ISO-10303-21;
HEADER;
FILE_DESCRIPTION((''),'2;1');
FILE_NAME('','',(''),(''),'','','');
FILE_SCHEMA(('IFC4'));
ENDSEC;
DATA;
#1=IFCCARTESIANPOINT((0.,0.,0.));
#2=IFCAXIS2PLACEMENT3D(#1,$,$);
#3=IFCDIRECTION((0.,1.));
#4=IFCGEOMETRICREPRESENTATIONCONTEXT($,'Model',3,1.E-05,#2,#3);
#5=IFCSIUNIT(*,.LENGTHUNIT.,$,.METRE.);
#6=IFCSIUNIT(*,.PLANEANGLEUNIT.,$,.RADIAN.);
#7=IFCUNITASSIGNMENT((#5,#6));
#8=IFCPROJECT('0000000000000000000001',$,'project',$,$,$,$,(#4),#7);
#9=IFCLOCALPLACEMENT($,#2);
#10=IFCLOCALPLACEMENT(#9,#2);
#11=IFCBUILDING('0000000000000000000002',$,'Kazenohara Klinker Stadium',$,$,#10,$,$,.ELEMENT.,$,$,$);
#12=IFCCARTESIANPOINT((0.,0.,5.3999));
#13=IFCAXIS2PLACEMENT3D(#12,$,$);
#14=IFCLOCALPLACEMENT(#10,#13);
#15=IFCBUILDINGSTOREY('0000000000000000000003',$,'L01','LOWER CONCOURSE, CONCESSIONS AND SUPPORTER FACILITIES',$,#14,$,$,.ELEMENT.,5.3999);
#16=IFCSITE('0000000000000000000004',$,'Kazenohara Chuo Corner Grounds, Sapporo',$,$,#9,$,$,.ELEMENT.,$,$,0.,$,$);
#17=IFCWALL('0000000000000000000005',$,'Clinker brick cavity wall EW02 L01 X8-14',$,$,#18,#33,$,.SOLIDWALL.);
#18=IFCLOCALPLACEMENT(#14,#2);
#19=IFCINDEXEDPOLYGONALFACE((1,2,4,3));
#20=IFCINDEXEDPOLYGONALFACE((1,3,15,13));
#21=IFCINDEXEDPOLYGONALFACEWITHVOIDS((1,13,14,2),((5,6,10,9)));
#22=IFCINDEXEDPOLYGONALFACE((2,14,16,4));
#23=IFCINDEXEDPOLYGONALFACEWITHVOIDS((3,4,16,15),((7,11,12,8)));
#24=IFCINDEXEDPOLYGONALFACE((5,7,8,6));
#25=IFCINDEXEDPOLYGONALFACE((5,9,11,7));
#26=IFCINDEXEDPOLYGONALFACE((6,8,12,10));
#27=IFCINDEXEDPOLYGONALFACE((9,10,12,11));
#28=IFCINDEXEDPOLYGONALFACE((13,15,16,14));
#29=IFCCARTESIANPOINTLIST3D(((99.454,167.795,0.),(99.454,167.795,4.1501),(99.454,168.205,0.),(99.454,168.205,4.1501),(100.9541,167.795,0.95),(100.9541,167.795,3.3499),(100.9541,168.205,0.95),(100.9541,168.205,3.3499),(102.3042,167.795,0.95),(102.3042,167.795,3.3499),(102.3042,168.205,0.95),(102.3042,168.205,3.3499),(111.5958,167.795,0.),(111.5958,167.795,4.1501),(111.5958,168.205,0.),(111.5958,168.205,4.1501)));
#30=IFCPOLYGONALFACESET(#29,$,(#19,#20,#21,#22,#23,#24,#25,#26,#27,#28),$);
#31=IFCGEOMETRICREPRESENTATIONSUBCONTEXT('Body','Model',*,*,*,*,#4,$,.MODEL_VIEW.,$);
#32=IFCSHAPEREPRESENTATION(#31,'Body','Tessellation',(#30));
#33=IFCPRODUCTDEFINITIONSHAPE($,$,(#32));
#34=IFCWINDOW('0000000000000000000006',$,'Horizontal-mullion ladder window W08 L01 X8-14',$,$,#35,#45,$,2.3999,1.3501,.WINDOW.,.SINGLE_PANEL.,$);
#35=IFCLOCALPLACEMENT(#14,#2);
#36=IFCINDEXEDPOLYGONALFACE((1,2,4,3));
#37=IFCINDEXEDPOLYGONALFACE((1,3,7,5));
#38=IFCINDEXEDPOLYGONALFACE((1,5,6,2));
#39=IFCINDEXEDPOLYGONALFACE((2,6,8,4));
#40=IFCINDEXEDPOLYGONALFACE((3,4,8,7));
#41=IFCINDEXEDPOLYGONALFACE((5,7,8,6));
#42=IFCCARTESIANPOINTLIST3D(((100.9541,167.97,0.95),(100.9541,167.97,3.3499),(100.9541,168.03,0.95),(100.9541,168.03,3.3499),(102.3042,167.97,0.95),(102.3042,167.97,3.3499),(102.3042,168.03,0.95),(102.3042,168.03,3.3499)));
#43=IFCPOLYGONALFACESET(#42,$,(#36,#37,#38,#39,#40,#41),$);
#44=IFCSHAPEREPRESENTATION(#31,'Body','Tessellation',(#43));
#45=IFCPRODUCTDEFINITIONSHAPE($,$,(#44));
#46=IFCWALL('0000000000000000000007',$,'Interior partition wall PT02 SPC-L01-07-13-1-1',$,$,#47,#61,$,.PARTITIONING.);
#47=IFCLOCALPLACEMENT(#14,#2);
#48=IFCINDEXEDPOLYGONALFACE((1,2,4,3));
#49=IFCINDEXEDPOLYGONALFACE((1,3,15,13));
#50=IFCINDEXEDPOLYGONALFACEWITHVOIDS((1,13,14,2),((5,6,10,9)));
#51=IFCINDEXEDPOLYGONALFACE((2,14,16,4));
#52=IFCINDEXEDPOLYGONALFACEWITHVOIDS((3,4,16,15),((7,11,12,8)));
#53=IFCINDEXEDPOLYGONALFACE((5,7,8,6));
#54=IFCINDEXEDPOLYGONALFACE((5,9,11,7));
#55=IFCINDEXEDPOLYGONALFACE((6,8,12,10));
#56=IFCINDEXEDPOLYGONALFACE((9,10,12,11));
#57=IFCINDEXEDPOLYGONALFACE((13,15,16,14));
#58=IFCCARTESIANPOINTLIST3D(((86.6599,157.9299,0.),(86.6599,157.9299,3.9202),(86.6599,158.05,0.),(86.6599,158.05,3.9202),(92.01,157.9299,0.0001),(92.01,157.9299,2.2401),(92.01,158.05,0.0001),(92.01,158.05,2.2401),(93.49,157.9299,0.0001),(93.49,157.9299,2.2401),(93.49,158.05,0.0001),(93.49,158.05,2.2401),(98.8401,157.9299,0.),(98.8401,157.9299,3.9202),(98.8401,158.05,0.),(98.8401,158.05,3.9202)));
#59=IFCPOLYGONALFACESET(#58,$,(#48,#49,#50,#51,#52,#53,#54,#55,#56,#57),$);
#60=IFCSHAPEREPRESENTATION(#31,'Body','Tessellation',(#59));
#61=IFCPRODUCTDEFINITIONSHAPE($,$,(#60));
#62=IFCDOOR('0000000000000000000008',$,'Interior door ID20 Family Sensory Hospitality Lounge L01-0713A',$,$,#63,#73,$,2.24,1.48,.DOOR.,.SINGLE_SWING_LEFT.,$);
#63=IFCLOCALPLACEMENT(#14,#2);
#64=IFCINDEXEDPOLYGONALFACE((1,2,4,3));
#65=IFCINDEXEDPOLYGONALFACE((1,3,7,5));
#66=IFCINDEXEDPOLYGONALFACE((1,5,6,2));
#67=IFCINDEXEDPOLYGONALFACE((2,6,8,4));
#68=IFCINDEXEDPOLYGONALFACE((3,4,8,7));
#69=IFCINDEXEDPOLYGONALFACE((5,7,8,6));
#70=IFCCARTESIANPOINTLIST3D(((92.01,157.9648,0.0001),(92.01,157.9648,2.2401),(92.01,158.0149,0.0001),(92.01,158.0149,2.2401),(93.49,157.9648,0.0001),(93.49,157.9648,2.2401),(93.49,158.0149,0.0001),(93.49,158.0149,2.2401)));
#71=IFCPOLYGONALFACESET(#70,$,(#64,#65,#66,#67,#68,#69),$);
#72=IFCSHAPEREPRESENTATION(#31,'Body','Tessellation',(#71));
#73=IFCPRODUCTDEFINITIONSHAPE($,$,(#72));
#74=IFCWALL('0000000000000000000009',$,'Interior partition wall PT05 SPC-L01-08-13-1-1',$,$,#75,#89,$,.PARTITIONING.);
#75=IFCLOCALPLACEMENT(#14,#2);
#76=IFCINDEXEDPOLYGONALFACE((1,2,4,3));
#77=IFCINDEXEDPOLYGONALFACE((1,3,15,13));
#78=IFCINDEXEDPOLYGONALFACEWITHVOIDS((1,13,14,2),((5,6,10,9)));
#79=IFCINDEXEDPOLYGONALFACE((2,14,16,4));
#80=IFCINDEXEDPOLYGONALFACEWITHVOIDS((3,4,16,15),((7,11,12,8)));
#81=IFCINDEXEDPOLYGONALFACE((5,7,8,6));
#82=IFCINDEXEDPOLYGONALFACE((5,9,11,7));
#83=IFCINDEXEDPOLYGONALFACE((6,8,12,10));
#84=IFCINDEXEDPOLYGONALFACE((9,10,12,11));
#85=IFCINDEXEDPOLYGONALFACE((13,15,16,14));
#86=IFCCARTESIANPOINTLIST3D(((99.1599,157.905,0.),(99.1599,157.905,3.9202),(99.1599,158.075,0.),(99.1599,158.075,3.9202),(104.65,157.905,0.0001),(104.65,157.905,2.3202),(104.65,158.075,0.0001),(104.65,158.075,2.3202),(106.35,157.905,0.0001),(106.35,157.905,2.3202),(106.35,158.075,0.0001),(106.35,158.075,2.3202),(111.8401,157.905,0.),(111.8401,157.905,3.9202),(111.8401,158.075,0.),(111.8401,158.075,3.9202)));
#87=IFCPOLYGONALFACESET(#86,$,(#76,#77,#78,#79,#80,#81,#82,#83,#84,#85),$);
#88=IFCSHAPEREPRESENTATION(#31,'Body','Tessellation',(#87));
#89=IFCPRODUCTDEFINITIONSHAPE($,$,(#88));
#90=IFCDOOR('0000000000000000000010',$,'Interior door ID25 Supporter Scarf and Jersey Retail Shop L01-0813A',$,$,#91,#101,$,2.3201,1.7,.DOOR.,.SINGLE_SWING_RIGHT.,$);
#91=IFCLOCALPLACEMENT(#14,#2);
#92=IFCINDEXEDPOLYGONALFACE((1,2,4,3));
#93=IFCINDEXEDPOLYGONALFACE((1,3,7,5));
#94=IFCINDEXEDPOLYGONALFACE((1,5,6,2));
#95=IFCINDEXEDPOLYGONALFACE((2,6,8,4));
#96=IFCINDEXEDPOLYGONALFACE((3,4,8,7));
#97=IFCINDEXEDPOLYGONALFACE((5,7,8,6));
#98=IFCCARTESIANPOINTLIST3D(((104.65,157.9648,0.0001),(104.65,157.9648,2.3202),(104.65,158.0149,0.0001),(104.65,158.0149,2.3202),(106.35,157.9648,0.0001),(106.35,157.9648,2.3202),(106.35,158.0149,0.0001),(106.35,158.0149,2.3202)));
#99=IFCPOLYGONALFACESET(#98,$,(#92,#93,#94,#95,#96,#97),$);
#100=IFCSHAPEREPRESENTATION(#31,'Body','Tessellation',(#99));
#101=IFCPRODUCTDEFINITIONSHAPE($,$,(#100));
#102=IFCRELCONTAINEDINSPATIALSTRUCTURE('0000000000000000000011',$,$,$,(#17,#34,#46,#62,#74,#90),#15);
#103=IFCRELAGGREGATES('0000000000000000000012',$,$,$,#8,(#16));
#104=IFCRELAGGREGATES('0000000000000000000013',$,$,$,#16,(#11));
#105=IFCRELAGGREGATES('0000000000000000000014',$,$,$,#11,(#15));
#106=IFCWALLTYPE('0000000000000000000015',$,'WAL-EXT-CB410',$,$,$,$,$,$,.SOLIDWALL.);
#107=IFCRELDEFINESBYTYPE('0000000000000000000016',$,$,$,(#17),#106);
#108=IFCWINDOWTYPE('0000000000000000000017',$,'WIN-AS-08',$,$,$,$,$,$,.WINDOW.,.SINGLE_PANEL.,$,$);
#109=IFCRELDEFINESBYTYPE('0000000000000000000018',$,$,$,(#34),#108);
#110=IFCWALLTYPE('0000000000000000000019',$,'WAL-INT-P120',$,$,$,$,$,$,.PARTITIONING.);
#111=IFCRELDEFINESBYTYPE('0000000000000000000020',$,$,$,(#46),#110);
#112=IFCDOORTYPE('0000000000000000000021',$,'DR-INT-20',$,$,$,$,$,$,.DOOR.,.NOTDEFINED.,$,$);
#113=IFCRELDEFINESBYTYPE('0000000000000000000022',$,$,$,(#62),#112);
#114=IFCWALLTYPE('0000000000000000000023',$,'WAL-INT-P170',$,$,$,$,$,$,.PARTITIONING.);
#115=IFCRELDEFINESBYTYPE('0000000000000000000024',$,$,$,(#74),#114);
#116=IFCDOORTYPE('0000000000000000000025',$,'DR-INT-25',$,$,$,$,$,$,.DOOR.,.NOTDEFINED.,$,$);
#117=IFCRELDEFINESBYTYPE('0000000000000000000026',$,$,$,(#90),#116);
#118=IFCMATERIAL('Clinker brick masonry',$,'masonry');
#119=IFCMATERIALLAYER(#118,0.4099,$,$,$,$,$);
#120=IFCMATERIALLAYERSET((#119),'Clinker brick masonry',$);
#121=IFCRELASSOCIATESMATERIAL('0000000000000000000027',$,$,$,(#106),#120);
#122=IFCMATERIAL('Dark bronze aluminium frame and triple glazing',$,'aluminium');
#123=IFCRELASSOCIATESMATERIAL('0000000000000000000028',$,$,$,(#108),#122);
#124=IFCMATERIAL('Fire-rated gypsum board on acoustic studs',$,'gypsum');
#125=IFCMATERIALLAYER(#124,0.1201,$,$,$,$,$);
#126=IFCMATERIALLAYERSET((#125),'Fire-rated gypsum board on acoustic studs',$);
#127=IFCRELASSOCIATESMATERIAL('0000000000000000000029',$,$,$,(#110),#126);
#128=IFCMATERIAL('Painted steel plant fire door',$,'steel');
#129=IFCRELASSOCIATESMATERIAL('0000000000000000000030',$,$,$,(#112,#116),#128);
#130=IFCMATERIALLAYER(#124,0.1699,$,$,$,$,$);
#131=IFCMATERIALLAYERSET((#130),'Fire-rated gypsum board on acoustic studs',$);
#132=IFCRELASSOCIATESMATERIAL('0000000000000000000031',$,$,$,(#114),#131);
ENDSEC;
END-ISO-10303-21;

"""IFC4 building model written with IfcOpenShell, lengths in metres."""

from ifc_helpers import new_model, si_unit, direction, frame, frame_2d, origin, place, context, subcontext, project, spatial, rectangle, extrude, material, layer, layer_set, type_object, element, fill, save


model = new_model("IFC4")

# Units and contexts
model_context = context("Model", 3, precision=1e-05, world=origin(), true_north=direction((0.0, 1.0)))
body_context = subcontext(model_context, "Body", "Model", "MODEL_VIEW")
ifc_project = project(units=[si_unit("LENGTHUNIT", "METRE"), si_unit("PLANEANGLEUNIT", "RADIAN")], contexts=[model_context])

# Site, building, storey
site_placement = place(None, origin())
site = spatial("IfcSite", under=ifc_project, at=site_placement, Name="Kazenohara Chuo Corner Grounds, Sapporo", CompositionType="ELEMENT", RefElevation=0.0)
building_placement = place(site_placement, origin())
building = spatial("IfcBuilding", under=site, at=building_placement, Name="Kazenohara Klinker Stadium", CompositionType="ELEMENT")
storey_placement = place(building_placement, frame((0.0, 0.0, 5.3999)))
storey = spatial("IfcBuildingStorey", under=building, at=storey_placement, Name="L01", Description="LOWER CONCOURSE, CONCESSIONS AND SUPPORTER FACILITIES", CompositionType="ELEMENT", Elevation=5.3999)

# Wall, opening, window
ifc_material_1 = material(Name="Clinker brick masonry", Category="masonry")
ifc_material_2 = material(Name="Dark bronze aluminium frame and triple glazing", Category="aluminium")
ifc_layer_1 = layer(ifc_material_1, 0.4099)
ifc_layer_set_1 = layer_set([ifc_layer_1], Name="Clinker brick masonry")
wall_type_1 = type_object("IfcWallType", Name="WAL-EXT-CB410", PredefinedType="SOLIDWALL", material=ifc_layer_set_1)
wall_1_placement = place(storey_placement, frame((99.4541, 168.0, 0.0), z_axis=(0.0, 0.0, 1.0), x_axis=(1.0, 0.0, 0.0)))
wall_1 = element("IfcWall", 1, at=wall_1_placement, inside=storey, type_object=wall_type_1, Name="Clinker brick cavity wall EW02 L01 X8-14", PredefinedType="SOLIDWALL", context=body_context, shape_type="SweptSolid", body=[
    extrude(rectangle(XDim=12.1418, YDim=0.4099, at=frame_2d((6.0708, 0.0))), origin(), (0.0, 0.0, 1.0), 4.1501),
])
opening_1_placement = place(wall_1_placement, frame((1.5, 0.0, 0.95)))
opening_1 = element("IfcOpeningElement", 2, at=opening_1_placement, cuts=wall_1, PredefinedType="OPENING", context=body_context, shape_type="SweptSolid", body=[
    extrude(rectangle(XDim=1.3501, YDim=2.3999, at=frame_2d((0.675, 1.2))), frame((0.0, 0.2148, 0.0), z_axis=(0.0, -1.0, 0.0), x_axis=(1.0, 0.0, 0.0)), (0.0, 0.0, 1.0), 0.4299),
])
window_type_1 = type_object("IfcWindowType", Name="WIN-AS-08", PartitioningType="SINGLE_PANEL", PredefinedType="WINDOW", material=ifc_material_2)
window_1_placement = place(opening_1_placement, origin())
window_1 = element("IfcWindow", 3, at=window_1_placement, inside=storey, type_object=window_type_1, Name="Horizontal-mullion ladder window W08 L01 X8-14", OverallHeight=2.3999, OverallWidth=1.3501, PartitioningType="SINGLE_PANEL", PredefinedType="WINDOW", context=body_context, shape_type="SweptSolid", body=[
    extrude(rectangle(XDim=1.3501, YDim=2.3999, at=frame_2d((0.675, 1.2))), frame((0.0, 0.03, 0.0), z_axis=(0.0, -1.0, 0.0), x_axis=(1.0, 0.0, 0.0)), (0.0, 0.0, 1.0), 0.0601),
])
fill(opening_1, window_1)

# Walls, openings, doors
ifc_material_3 = material(Name="Fire-rated gypsum board on acoustic studs", Category="gypsum")
ifc_layer_2 = layer(ifc_material_3, 0.1201)
ifc_layer_set_2 = layer_set([ifc_layer_2], Name="Fire-rated gypsum board on acoustic studs")
wall_type_2 = type_object("IfcWallType", Name="WAL-INT-P120", PredefinedType="PARTITIONING", material=ifc_layer_set_2)
wall_2_placement = place(storey_placement, frame((86.6599, 157.99, 0.0), z_axis=(0.0, 0.0, 1.0), x_axis=(1.0, 0.0, 0.0)))
wall_2 = element("IfcWall", 4, at=wall_2_placement, inside=storey, type_object=wall_type_2, Name="Interior partition wall PT02 SPC-L01-07-13-1-1", PredefinedType="PARTITIONING", context=body_context, shape_type="SweptSolid", body=[
    extrude(rectangle(XDim=12.1802, YDim=0.1201, at=frame_2d((6.0901, 0.0))), origin(), (0.0, 0.0, 1.0), 3.9202),
])
opening_2_placement = place(wall_2_placement, frame((5.3501, 0.0, 0.0)))
opening_2 = element("IfcOpeningElement", 5, at=opening_2_placement, cuts=wall_2, PredefinedType="OPENING", context=body_context, shape_type="SweptSolid", body=[
    extrude(rectangle(XDim=1.48, YDim=2.24, at=frame_2d((0.74, 1.1201))), frame((0.0, 0.0701, 0.0), z_axis=(0.0, -1.0, 0.0), x_axis=(1.0, 0.0, 0.0)), (0.0, 0.0, 1.0), 0.1401),
])
ifc_material_4 = material(Name="Painted steel plant fire door", Category="steel")
door_type_1 = type_object("IfcDoorType", Name="DR-INT-20", OperationType="NOTDEFINED", PredefinedType="DOOR", material=ifc_material_4)
door_1_placement = place(opening_2_placement, origin())
door_1 = element("IfcDoor", 6, at=door_1_placement, inside=storey, type_object=door_type_1, Name="Interior door ID20 Family Sensory Hospitality Lounge L01-0713A", OperationType="SINGLE_SWING_LEFT", OverallHeight=2.24, OverallWidth=1.48, PredefinedType="DOOR", context=body_context, shape_type="SweptSolid", body=[
    extrude(rectangle(XDim=1.48, YDim=2.24, at=frame_2d((0.74, 1.1201))), frame((0.0, 0.0249, 0.0), z_axis=(0.0, -1.0, 0.0), x_axis=(1.0, 0.0, 0.0)), (0.0, 0.0, 1.0), 0.05),
])
fill(opening_2, door_1)
ifc_layer_3 = layer(ifc_material_3, 0.1699)
ifc_layer_set_3 = layer_set([ifc_layer_3], Name="Fire-rated gypsum board on acoustic studs")
wall_type_3 = type_object("IfcWallType", Name="WAL-INT-P170", PredefinedType="PARTITIONING", material=ifc_layer_set_3)
wall_3_placement = place(storey_placement, frame((99.1599, 157.99, 0.0), z_axis=(0.0, 0.0, 1.0), x_axis=(1.0, 0.0, 0.0)))
wall_3 = element("IfcWall", 7, at=wall_3_placement, inside=storey, type_object=wall_type_3, Name="Interior partition wall PT05 SPC-L01-08-13-1-1", PredefinedType="PARTITIONING", context=body_context, shape_type="SweptSolid", body=[
    extrude(rectangle(XDim=12.6802, YDim=0.1699, at=frame_2d((6.3401, 0.0))), origin(), (0.0, 0.0, 1.0), 3.9202),
])
opening_3_placement = place(wall_3_placement, frame((5.49, 0.0, 0.0)))
opening_3 = element("IfcOpeningElement", 8, at=opening_3_placement, cuts=wall_3, PredefinedType="OPENING", context=body_context, shape_type="SweptSolid", body=[
    extrude(rectangle(XDim=1.7, YDim=2.3201, at=frame_2d((0.8501, 1.1602))), frame((0.0, 0.095, 0.0), z_axis=(0.0, -1.0, 0.0), x_axis=(1.0, 0.0, 0.0)), (0.0, 0.0, 1.0), 0.1899),
])
door_type_2 = type_object("IfcDoorType", Name="DR-INT-25", OperationType="NOTDEFINED", PredefinedType="DOOR", material=ifc_material_4)
door_2_placement = place(opening_3_placement, origin())
door_2 = element("IfcDoor", 9, at=door_2_placement, inside=storey, type_object=door_type_2, Name="Interior door ID25 Supporter Scarf and Jersey Retail Shop L01-0813A", OperationType="SINGLE_SWING_RIGHT", OverallHeight=2.3201, OverallWidth=1.7, PredefinedType="DOOR", context=body_context, shape_type="SweptSolid", body=[
    extrude(rectangle(XDim=1.7, YDim=2.3201, at=frame_2d((0.8501, 1.1602))), frame((0.0, 0.0249, 0.0), z_axis=(0.0, -1.0, 0.0), x_axis=(1.0, 0.0, 0.0)), (0.0, 0.0, 1.0), 0.05),
])
fill(opening_3, door_2)

save(model, "model.ifc")
